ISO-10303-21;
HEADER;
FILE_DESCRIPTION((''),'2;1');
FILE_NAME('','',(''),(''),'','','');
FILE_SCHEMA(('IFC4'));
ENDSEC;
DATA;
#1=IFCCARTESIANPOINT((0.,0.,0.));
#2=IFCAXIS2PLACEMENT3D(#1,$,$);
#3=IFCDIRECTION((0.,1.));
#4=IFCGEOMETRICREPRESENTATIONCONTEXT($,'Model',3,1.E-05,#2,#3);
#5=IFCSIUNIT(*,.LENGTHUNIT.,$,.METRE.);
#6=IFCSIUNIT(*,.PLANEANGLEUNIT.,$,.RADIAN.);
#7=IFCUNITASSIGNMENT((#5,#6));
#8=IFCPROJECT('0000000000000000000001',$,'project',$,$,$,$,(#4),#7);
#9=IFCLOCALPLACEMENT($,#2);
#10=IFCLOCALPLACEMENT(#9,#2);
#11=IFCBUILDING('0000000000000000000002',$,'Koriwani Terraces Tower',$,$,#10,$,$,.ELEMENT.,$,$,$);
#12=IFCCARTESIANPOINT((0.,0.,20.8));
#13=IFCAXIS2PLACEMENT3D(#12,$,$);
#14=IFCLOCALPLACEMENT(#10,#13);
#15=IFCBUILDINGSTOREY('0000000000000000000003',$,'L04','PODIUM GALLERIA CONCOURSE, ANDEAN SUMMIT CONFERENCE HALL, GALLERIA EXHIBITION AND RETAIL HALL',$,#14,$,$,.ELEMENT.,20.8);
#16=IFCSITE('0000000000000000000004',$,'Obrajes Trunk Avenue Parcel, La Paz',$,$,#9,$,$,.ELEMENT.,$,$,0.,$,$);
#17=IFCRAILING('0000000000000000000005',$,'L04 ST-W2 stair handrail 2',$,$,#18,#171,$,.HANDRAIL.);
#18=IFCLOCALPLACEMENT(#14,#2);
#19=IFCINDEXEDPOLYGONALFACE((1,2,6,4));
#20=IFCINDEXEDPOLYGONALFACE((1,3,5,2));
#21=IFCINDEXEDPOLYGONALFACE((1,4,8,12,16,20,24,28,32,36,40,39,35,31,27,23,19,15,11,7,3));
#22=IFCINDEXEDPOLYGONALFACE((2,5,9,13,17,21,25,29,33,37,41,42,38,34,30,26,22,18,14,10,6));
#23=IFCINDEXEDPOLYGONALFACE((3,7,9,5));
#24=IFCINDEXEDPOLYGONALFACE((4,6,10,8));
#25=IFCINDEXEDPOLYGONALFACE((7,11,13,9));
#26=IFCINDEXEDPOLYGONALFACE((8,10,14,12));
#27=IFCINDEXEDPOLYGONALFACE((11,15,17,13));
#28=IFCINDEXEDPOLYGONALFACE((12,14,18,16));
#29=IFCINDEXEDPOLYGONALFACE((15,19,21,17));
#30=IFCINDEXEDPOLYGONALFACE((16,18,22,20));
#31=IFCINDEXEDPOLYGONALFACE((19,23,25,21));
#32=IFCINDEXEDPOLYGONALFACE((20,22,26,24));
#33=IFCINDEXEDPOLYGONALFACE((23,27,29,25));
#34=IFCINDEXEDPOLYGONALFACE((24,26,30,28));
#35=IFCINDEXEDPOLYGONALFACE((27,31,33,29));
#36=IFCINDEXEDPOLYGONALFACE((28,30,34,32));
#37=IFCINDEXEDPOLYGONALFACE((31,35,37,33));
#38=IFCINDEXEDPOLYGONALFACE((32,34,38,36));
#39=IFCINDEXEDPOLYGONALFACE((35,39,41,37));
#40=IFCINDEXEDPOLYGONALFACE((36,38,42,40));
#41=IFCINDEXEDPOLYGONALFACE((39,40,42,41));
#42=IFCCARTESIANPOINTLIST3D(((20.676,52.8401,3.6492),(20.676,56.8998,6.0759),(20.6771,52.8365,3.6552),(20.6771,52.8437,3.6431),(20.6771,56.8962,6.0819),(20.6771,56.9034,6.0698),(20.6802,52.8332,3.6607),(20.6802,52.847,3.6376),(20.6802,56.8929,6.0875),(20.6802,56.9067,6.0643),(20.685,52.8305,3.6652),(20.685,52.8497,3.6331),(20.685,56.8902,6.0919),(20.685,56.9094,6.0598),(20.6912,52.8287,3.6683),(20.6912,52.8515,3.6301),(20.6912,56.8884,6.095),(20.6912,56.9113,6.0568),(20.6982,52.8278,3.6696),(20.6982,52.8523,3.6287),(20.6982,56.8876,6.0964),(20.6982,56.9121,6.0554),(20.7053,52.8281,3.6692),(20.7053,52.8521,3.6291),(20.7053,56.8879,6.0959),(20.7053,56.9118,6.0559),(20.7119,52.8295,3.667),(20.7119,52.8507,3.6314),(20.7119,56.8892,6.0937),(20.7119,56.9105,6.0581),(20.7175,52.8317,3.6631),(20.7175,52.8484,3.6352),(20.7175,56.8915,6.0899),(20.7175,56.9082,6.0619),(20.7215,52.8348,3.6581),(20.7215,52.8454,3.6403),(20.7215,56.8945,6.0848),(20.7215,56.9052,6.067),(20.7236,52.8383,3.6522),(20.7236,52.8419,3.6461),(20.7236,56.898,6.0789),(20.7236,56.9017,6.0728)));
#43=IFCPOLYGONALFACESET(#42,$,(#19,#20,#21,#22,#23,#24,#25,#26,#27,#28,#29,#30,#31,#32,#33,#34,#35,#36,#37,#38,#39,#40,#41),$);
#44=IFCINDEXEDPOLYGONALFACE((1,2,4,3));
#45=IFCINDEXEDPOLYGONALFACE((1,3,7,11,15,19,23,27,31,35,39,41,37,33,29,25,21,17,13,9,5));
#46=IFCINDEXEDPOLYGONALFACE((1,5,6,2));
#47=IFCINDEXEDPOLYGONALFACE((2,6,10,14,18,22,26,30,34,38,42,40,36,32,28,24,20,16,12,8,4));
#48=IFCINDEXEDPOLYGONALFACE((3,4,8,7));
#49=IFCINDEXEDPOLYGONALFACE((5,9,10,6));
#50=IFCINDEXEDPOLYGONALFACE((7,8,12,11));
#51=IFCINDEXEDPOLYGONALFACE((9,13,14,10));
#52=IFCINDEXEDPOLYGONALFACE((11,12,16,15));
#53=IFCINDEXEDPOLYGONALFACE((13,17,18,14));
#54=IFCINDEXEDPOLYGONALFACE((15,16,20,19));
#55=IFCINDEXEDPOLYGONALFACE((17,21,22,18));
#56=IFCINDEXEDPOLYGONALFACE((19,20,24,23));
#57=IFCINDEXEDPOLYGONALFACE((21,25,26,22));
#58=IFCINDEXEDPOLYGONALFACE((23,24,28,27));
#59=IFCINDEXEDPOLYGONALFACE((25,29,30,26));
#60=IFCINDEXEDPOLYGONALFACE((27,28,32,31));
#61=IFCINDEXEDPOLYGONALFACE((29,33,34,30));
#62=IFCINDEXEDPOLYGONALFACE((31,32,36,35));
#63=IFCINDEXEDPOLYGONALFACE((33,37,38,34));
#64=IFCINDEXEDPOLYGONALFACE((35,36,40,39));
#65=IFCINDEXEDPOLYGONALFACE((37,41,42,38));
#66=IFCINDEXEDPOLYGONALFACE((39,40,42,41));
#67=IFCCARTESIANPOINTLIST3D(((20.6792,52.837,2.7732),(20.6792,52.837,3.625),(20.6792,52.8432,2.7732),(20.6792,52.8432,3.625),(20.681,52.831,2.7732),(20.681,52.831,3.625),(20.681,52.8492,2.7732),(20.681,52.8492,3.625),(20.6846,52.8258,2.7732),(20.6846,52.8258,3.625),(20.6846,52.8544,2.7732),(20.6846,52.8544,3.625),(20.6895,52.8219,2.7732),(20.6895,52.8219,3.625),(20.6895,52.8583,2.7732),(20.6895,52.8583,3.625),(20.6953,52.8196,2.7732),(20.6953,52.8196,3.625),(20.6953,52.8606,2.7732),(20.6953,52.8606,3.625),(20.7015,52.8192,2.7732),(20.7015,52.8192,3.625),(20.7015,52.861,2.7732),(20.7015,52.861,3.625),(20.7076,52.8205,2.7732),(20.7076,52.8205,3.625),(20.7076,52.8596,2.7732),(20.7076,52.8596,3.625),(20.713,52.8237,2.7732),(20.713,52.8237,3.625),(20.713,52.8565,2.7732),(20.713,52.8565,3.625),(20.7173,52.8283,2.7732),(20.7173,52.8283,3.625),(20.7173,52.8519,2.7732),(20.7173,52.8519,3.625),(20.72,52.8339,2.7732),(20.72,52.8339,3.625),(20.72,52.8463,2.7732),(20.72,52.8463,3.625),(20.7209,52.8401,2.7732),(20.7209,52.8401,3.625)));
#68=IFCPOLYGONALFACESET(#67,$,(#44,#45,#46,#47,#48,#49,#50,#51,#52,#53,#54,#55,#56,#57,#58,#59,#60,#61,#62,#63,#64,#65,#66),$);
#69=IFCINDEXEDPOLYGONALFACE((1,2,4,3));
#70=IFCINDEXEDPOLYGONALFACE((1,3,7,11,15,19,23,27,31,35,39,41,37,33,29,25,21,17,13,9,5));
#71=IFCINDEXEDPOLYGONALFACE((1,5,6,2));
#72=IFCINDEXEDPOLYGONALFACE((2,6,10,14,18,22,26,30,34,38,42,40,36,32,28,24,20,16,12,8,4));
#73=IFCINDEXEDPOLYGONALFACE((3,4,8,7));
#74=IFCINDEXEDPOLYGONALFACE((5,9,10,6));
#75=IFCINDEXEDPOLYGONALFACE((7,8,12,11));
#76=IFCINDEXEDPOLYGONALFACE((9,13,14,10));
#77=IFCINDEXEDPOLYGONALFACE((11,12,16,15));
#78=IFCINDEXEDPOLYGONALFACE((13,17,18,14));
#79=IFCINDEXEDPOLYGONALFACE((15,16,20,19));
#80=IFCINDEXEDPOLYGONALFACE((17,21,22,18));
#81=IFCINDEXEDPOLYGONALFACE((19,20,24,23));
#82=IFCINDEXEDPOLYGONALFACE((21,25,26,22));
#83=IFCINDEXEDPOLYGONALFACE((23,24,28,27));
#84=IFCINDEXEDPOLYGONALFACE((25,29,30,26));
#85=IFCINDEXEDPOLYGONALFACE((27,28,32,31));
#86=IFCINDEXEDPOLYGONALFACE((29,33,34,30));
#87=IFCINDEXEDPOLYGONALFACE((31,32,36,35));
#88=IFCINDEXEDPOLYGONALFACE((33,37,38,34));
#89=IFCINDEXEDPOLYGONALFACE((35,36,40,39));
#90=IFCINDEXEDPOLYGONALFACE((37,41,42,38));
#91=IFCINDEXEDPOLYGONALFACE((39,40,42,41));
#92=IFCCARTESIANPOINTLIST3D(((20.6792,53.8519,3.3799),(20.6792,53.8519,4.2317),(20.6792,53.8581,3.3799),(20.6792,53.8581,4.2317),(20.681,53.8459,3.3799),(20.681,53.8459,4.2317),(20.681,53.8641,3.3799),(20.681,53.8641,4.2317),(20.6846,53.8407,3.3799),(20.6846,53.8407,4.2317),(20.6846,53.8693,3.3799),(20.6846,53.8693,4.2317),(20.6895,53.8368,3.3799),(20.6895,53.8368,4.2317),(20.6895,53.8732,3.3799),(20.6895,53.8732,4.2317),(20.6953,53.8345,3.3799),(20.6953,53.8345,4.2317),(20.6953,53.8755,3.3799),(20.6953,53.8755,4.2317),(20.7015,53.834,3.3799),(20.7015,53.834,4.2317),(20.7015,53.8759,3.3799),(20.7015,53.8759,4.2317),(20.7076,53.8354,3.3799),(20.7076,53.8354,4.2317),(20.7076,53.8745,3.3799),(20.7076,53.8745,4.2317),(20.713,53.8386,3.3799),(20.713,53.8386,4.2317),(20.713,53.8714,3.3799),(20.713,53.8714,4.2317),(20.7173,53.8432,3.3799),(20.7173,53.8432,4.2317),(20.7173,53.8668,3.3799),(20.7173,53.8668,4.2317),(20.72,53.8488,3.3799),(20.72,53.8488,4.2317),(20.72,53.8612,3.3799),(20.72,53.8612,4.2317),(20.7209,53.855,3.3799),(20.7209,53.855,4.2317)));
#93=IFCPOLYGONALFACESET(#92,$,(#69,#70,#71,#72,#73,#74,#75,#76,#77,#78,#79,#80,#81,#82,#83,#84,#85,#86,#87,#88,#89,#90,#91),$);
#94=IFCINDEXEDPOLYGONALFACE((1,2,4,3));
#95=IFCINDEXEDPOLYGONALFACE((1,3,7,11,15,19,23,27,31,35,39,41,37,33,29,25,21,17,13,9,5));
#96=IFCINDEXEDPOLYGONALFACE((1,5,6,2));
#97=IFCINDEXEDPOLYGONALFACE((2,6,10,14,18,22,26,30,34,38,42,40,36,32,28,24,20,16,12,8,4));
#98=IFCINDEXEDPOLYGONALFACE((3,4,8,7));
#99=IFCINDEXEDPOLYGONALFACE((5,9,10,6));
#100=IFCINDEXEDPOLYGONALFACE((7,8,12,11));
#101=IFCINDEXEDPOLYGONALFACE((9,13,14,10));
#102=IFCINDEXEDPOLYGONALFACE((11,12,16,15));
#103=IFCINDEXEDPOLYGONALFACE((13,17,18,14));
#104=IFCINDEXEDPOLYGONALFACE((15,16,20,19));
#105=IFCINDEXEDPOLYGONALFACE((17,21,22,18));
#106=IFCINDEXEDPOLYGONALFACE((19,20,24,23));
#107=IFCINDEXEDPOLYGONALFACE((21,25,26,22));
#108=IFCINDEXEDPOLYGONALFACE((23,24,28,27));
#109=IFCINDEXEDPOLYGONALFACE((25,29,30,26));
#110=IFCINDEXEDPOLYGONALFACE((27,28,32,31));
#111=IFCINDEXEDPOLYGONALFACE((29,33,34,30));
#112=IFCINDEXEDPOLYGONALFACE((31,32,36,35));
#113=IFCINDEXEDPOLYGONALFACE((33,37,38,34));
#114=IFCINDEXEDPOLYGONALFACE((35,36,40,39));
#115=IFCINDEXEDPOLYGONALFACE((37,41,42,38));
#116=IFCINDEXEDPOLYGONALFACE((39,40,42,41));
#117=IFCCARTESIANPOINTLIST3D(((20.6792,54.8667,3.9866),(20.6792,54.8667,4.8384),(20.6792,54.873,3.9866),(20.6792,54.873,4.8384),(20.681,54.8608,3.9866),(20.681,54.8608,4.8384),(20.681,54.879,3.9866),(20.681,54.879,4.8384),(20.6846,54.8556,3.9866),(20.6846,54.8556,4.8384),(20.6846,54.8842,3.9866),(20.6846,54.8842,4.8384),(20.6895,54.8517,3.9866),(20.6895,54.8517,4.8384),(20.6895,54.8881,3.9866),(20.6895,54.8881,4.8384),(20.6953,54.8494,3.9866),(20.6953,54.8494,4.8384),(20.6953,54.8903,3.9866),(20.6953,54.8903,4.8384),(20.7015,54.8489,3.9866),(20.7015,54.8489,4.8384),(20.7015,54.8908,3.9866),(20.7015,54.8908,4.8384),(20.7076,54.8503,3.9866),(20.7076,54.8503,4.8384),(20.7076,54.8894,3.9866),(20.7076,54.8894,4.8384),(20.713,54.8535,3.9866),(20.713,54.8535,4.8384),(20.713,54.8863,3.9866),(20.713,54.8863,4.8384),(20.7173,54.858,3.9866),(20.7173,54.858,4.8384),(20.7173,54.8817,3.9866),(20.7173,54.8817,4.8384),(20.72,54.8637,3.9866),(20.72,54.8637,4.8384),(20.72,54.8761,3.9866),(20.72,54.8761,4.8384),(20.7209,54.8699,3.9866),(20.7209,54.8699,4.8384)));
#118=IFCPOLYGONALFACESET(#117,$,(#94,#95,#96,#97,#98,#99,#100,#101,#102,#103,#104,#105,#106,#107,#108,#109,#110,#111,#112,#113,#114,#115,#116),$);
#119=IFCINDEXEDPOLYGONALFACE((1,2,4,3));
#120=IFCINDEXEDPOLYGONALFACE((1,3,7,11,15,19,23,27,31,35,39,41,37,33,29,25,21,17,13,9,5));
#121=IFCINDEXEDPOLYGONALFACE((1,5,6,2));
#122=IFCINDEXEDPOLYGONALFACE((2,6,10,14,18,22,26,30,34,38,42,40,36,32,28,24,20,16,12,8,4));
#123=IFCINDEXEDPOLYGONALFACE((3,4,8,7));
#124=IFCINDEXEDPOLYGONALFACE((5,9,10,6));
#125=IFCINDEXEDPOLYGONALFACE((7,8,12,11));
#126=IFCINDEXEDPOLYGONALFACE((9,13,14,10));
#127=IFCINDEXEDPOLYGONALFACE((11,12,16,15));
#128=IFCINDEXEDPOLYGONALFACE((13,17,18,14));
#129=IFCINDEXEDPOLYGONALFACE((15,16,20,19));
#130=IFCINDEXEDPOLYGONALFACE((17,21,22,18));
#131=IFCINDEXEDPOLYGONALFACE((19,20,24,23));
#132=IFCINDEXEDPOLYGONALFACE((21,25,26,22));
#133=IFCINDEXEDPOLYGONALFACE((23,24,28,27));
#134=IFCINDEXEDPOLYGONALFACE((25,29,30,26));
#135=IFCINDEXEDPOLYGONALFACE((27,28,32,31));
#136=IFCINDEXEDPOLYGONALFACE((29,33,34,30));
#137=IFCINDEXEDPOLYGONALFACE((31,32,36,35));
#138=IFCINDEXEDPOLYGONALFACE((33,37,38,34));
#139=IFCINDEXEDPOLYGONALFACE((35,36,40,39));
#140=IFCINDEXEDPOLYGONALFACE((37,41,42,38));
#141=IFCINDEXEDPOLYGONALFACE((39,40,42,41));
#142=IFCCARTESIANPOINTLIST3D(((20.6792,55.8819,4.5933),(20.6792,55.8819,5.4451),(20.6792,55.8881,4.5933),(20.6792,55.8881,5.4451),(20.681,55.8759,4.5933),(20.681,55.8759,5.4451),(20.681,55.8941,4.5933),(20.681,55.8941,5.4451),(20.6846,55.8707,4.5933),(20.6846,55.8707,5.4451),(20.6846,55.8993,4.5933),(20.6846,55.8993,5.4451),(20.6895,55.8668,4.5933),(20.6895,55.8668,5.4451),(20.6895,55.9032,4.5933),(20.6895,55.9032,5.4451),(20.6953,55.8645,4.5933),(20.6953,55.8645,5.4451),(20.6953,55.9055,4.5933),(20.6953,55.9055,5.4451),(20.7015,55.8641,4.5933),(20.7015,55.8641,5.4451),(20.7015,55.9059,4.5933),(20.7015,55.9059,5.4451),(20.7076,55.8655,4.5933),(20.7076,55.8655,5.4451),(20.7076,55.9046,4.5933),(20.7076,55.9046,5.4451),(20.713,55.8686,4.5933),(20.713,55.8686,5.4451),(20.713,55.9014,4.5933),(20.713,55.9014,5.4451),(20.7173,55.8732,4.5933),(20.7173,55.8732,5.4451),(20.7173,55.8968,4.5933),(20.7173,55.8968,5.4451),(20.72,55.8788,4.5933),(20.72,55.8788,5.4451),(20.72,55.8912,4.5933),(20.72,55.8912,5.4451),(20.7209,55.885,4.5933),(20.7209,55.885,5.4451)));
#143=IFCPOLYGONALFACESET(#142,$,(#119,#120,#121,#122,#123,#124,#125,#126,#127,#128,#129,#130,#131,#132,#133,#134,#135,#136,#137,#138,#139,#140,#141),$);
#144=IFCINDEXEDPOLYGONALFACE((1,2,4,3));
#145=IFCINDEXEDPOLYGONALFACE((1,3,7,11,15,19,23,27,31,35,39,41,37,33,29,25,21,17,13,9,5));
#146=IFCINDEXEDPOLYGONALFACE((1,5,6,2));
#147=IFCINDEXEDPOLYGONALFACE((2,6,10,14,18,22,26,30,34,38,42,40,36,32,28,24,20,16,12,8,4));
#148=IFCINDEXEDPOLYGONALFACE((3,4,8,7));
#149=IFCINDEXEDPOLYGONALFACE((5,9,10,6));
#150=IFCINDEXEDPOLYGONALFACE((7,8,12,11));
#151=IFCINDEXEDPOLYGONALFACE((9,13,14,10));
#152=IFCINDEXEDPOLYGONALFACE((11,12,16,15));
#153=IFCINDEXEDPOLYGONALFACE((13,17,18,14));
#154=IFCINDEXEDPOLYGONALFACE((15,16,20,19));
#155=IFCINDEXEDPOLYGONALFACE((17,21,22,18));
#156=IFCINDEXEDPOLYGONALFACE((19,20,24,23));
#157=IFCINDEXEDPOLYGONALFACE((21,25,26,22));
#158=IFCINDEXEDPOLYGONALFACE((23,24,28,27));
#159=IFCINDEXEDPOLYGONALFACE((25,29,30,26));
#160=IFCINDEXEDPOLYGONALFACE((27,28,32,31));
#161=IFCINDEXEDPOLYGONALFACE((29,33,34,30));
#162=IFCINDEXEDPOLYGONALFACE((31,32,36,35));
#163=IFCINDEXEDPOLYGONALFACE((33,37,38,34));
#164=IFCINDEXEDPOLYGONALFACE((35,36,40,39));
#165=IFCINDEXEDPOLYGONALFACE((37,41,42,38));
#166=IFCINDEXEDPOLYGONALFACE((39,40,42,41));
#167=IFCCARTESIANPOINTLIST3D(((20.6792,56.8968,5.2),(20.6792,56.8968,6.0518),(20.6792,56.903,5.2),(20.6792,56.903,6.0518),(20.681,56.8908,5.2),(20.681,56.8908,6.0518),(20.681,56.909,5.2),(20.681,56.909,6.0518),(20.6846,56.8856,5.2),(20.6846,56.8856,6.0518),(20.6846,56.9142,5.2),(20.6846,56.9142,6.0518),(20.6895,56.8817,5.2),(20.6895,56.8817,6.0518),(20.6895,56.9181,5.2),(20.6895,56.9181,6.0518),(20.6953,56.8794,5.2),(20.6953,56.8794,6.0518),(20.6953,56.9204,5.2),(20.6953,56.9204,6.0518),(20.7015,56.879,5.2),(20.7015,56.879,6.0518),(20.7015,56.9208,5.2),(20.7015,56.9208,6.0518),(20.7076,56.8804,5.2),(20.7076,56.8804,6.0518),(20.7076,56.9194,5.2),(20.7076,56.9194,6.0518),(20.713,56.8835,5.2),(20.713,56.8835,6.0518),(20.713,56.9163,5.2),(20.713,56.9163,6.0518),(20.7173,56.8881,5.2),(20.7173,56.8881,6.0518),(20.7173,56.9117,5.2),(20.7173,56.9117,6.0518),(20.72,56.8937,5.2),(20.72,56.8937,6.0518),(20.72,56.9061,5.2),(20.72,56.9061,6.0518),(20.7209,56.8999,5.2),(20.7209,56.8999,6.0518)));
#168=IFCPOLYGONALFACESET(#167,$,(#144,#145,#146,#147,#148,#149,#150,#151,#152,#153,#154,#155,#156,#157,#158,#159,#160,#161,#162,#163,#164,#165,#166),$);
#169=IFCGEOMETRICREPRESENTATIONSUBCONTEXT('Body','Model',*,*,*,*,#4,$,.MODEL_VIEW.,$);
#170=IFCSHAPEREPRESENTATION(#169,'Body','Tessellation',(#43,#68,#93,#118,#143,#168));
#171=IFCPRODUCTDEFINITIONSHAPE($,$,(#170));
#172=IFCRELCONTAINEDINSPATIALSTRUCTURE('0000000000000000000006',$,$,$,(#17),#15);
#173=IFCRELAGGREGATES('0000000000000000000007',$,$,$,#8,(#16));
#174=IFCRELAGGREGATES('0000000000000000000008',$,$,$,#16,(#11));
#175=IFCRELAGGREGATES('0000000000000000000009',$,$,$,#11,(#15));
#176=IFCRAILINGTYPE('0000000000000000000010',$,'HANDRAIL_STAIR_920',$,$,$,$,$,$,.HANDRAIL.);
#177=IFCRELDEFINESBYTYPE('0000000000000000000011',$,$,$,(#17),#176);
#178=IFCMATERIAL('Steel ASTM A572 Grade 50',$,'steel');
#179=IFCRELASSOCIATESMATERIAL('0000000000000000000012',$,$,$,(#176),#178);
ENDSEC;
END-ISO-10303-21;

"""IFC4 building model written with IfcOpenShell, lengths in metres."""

from ifc_helpers import new_model, si_unit, direction, frame, origin, origin_2d, place, context, subcontext, project, spatial, circle, extrude, material, type_object, element, save


model = new_model("IFC4")

# Units and contexts
model_context = context("Model", 3, precision=1e-05, world=origin(), true_north=direction((0.0, 1.0)))
body_context = subcontext(model_context, "Body", "Model", "MODEL_VIEW")
ifc_project = project(units=[si_unit("LENGTHUNIT", "METRE"), si_unit("PLANEANGLEUNIT", "RADIAN")], contexts=[model_context])

# Site, building, storey
site_placement = place(None, origin())
site = spatial("IfcSite", under=ifc_project, at=site_placement, Name="Obrajes Trunk Avenue Parcel, La Paz", CompositionType="ELEMENT", RefElevation=0.0)
building_placement = place(site_placement, origin())
building = spatial("IfcBuilding", under=site, at=building_placement, Name="Koriwani Terraces Tower", CompositionType="ELEMENT")
storey_placement = place(building_placement, frame((0.0, 0.0, 20.8)))
storey = spatial("IfcBuildingStorey", under=building, at=storey_placement, Name="L04", Description="PODIUM GALLERIA CONCOURSE, ANDEAN SUMMIT CONFERENCE HALL, GALLERIA EXHIBITION AND RETAIL HALL", CompositionType="ELEMENT", Elevation=20.8)

# Shared definitions
ifc_material_1 = material(Name="Steel ASTM A572 Grade 50", Category="steel")

# Railing
railing_type_1 = type_object("IfcRailingType", Name="HANDRAIL_STAIR_920", PredefinedType="HANDRAIL", material=ifc_material_1)
railing_1_placement = place(storey_placement, frame((20.7, 52.8401, 2.7732)))
element("IfcRailing", 1, at=railing_1_placement, inside=storey, type_object=railing_type_1, Name="L04 ST-W2 stair handrail 2", PredefinedType="HANDRAIL", context=body_context, shape_type="SweptSolid", body=[
    extrude(circle(Radius=0.0239, at=origin_2d()), frame((0.0, 0.0, 0.876), z_axis=(0.0, 0.858343, 0.513076), x_axis=(-1.0, 0.0, 0.0)), (0.0, 0.0, 1.0), 4.7297),
    extrude(circle(Radius=0.021, at=origin_2d()), origin(), (0.0, 0.0, 1.0), 0.8518),
    extrude(circle(Radius=0.021, at=origin_2d()), frame((0.0, 1.0149, 0.6067)), (0.0, 0.0, 1.0), 0.8518),
    extrude(circle(Radius=0.021, at=origin_2d()), frame((0.0, 2.0298, 1.2134)), (0.0, 0.0, 1.0), 0.8518),
    extrude(circle(Radius=0.021, at=origin_2d()), frame((0.0, 3.0449, 1.8201)), (0.0, 0.0, 1.0), 0.8518),
    extrude(circle(Radius=0.021, at=origin_2d()), frame((0.0, 4.0598, 2.4268)), (0.0, 0.0, 1.0), 0.8518),
])

save(model, "model.ifc")
